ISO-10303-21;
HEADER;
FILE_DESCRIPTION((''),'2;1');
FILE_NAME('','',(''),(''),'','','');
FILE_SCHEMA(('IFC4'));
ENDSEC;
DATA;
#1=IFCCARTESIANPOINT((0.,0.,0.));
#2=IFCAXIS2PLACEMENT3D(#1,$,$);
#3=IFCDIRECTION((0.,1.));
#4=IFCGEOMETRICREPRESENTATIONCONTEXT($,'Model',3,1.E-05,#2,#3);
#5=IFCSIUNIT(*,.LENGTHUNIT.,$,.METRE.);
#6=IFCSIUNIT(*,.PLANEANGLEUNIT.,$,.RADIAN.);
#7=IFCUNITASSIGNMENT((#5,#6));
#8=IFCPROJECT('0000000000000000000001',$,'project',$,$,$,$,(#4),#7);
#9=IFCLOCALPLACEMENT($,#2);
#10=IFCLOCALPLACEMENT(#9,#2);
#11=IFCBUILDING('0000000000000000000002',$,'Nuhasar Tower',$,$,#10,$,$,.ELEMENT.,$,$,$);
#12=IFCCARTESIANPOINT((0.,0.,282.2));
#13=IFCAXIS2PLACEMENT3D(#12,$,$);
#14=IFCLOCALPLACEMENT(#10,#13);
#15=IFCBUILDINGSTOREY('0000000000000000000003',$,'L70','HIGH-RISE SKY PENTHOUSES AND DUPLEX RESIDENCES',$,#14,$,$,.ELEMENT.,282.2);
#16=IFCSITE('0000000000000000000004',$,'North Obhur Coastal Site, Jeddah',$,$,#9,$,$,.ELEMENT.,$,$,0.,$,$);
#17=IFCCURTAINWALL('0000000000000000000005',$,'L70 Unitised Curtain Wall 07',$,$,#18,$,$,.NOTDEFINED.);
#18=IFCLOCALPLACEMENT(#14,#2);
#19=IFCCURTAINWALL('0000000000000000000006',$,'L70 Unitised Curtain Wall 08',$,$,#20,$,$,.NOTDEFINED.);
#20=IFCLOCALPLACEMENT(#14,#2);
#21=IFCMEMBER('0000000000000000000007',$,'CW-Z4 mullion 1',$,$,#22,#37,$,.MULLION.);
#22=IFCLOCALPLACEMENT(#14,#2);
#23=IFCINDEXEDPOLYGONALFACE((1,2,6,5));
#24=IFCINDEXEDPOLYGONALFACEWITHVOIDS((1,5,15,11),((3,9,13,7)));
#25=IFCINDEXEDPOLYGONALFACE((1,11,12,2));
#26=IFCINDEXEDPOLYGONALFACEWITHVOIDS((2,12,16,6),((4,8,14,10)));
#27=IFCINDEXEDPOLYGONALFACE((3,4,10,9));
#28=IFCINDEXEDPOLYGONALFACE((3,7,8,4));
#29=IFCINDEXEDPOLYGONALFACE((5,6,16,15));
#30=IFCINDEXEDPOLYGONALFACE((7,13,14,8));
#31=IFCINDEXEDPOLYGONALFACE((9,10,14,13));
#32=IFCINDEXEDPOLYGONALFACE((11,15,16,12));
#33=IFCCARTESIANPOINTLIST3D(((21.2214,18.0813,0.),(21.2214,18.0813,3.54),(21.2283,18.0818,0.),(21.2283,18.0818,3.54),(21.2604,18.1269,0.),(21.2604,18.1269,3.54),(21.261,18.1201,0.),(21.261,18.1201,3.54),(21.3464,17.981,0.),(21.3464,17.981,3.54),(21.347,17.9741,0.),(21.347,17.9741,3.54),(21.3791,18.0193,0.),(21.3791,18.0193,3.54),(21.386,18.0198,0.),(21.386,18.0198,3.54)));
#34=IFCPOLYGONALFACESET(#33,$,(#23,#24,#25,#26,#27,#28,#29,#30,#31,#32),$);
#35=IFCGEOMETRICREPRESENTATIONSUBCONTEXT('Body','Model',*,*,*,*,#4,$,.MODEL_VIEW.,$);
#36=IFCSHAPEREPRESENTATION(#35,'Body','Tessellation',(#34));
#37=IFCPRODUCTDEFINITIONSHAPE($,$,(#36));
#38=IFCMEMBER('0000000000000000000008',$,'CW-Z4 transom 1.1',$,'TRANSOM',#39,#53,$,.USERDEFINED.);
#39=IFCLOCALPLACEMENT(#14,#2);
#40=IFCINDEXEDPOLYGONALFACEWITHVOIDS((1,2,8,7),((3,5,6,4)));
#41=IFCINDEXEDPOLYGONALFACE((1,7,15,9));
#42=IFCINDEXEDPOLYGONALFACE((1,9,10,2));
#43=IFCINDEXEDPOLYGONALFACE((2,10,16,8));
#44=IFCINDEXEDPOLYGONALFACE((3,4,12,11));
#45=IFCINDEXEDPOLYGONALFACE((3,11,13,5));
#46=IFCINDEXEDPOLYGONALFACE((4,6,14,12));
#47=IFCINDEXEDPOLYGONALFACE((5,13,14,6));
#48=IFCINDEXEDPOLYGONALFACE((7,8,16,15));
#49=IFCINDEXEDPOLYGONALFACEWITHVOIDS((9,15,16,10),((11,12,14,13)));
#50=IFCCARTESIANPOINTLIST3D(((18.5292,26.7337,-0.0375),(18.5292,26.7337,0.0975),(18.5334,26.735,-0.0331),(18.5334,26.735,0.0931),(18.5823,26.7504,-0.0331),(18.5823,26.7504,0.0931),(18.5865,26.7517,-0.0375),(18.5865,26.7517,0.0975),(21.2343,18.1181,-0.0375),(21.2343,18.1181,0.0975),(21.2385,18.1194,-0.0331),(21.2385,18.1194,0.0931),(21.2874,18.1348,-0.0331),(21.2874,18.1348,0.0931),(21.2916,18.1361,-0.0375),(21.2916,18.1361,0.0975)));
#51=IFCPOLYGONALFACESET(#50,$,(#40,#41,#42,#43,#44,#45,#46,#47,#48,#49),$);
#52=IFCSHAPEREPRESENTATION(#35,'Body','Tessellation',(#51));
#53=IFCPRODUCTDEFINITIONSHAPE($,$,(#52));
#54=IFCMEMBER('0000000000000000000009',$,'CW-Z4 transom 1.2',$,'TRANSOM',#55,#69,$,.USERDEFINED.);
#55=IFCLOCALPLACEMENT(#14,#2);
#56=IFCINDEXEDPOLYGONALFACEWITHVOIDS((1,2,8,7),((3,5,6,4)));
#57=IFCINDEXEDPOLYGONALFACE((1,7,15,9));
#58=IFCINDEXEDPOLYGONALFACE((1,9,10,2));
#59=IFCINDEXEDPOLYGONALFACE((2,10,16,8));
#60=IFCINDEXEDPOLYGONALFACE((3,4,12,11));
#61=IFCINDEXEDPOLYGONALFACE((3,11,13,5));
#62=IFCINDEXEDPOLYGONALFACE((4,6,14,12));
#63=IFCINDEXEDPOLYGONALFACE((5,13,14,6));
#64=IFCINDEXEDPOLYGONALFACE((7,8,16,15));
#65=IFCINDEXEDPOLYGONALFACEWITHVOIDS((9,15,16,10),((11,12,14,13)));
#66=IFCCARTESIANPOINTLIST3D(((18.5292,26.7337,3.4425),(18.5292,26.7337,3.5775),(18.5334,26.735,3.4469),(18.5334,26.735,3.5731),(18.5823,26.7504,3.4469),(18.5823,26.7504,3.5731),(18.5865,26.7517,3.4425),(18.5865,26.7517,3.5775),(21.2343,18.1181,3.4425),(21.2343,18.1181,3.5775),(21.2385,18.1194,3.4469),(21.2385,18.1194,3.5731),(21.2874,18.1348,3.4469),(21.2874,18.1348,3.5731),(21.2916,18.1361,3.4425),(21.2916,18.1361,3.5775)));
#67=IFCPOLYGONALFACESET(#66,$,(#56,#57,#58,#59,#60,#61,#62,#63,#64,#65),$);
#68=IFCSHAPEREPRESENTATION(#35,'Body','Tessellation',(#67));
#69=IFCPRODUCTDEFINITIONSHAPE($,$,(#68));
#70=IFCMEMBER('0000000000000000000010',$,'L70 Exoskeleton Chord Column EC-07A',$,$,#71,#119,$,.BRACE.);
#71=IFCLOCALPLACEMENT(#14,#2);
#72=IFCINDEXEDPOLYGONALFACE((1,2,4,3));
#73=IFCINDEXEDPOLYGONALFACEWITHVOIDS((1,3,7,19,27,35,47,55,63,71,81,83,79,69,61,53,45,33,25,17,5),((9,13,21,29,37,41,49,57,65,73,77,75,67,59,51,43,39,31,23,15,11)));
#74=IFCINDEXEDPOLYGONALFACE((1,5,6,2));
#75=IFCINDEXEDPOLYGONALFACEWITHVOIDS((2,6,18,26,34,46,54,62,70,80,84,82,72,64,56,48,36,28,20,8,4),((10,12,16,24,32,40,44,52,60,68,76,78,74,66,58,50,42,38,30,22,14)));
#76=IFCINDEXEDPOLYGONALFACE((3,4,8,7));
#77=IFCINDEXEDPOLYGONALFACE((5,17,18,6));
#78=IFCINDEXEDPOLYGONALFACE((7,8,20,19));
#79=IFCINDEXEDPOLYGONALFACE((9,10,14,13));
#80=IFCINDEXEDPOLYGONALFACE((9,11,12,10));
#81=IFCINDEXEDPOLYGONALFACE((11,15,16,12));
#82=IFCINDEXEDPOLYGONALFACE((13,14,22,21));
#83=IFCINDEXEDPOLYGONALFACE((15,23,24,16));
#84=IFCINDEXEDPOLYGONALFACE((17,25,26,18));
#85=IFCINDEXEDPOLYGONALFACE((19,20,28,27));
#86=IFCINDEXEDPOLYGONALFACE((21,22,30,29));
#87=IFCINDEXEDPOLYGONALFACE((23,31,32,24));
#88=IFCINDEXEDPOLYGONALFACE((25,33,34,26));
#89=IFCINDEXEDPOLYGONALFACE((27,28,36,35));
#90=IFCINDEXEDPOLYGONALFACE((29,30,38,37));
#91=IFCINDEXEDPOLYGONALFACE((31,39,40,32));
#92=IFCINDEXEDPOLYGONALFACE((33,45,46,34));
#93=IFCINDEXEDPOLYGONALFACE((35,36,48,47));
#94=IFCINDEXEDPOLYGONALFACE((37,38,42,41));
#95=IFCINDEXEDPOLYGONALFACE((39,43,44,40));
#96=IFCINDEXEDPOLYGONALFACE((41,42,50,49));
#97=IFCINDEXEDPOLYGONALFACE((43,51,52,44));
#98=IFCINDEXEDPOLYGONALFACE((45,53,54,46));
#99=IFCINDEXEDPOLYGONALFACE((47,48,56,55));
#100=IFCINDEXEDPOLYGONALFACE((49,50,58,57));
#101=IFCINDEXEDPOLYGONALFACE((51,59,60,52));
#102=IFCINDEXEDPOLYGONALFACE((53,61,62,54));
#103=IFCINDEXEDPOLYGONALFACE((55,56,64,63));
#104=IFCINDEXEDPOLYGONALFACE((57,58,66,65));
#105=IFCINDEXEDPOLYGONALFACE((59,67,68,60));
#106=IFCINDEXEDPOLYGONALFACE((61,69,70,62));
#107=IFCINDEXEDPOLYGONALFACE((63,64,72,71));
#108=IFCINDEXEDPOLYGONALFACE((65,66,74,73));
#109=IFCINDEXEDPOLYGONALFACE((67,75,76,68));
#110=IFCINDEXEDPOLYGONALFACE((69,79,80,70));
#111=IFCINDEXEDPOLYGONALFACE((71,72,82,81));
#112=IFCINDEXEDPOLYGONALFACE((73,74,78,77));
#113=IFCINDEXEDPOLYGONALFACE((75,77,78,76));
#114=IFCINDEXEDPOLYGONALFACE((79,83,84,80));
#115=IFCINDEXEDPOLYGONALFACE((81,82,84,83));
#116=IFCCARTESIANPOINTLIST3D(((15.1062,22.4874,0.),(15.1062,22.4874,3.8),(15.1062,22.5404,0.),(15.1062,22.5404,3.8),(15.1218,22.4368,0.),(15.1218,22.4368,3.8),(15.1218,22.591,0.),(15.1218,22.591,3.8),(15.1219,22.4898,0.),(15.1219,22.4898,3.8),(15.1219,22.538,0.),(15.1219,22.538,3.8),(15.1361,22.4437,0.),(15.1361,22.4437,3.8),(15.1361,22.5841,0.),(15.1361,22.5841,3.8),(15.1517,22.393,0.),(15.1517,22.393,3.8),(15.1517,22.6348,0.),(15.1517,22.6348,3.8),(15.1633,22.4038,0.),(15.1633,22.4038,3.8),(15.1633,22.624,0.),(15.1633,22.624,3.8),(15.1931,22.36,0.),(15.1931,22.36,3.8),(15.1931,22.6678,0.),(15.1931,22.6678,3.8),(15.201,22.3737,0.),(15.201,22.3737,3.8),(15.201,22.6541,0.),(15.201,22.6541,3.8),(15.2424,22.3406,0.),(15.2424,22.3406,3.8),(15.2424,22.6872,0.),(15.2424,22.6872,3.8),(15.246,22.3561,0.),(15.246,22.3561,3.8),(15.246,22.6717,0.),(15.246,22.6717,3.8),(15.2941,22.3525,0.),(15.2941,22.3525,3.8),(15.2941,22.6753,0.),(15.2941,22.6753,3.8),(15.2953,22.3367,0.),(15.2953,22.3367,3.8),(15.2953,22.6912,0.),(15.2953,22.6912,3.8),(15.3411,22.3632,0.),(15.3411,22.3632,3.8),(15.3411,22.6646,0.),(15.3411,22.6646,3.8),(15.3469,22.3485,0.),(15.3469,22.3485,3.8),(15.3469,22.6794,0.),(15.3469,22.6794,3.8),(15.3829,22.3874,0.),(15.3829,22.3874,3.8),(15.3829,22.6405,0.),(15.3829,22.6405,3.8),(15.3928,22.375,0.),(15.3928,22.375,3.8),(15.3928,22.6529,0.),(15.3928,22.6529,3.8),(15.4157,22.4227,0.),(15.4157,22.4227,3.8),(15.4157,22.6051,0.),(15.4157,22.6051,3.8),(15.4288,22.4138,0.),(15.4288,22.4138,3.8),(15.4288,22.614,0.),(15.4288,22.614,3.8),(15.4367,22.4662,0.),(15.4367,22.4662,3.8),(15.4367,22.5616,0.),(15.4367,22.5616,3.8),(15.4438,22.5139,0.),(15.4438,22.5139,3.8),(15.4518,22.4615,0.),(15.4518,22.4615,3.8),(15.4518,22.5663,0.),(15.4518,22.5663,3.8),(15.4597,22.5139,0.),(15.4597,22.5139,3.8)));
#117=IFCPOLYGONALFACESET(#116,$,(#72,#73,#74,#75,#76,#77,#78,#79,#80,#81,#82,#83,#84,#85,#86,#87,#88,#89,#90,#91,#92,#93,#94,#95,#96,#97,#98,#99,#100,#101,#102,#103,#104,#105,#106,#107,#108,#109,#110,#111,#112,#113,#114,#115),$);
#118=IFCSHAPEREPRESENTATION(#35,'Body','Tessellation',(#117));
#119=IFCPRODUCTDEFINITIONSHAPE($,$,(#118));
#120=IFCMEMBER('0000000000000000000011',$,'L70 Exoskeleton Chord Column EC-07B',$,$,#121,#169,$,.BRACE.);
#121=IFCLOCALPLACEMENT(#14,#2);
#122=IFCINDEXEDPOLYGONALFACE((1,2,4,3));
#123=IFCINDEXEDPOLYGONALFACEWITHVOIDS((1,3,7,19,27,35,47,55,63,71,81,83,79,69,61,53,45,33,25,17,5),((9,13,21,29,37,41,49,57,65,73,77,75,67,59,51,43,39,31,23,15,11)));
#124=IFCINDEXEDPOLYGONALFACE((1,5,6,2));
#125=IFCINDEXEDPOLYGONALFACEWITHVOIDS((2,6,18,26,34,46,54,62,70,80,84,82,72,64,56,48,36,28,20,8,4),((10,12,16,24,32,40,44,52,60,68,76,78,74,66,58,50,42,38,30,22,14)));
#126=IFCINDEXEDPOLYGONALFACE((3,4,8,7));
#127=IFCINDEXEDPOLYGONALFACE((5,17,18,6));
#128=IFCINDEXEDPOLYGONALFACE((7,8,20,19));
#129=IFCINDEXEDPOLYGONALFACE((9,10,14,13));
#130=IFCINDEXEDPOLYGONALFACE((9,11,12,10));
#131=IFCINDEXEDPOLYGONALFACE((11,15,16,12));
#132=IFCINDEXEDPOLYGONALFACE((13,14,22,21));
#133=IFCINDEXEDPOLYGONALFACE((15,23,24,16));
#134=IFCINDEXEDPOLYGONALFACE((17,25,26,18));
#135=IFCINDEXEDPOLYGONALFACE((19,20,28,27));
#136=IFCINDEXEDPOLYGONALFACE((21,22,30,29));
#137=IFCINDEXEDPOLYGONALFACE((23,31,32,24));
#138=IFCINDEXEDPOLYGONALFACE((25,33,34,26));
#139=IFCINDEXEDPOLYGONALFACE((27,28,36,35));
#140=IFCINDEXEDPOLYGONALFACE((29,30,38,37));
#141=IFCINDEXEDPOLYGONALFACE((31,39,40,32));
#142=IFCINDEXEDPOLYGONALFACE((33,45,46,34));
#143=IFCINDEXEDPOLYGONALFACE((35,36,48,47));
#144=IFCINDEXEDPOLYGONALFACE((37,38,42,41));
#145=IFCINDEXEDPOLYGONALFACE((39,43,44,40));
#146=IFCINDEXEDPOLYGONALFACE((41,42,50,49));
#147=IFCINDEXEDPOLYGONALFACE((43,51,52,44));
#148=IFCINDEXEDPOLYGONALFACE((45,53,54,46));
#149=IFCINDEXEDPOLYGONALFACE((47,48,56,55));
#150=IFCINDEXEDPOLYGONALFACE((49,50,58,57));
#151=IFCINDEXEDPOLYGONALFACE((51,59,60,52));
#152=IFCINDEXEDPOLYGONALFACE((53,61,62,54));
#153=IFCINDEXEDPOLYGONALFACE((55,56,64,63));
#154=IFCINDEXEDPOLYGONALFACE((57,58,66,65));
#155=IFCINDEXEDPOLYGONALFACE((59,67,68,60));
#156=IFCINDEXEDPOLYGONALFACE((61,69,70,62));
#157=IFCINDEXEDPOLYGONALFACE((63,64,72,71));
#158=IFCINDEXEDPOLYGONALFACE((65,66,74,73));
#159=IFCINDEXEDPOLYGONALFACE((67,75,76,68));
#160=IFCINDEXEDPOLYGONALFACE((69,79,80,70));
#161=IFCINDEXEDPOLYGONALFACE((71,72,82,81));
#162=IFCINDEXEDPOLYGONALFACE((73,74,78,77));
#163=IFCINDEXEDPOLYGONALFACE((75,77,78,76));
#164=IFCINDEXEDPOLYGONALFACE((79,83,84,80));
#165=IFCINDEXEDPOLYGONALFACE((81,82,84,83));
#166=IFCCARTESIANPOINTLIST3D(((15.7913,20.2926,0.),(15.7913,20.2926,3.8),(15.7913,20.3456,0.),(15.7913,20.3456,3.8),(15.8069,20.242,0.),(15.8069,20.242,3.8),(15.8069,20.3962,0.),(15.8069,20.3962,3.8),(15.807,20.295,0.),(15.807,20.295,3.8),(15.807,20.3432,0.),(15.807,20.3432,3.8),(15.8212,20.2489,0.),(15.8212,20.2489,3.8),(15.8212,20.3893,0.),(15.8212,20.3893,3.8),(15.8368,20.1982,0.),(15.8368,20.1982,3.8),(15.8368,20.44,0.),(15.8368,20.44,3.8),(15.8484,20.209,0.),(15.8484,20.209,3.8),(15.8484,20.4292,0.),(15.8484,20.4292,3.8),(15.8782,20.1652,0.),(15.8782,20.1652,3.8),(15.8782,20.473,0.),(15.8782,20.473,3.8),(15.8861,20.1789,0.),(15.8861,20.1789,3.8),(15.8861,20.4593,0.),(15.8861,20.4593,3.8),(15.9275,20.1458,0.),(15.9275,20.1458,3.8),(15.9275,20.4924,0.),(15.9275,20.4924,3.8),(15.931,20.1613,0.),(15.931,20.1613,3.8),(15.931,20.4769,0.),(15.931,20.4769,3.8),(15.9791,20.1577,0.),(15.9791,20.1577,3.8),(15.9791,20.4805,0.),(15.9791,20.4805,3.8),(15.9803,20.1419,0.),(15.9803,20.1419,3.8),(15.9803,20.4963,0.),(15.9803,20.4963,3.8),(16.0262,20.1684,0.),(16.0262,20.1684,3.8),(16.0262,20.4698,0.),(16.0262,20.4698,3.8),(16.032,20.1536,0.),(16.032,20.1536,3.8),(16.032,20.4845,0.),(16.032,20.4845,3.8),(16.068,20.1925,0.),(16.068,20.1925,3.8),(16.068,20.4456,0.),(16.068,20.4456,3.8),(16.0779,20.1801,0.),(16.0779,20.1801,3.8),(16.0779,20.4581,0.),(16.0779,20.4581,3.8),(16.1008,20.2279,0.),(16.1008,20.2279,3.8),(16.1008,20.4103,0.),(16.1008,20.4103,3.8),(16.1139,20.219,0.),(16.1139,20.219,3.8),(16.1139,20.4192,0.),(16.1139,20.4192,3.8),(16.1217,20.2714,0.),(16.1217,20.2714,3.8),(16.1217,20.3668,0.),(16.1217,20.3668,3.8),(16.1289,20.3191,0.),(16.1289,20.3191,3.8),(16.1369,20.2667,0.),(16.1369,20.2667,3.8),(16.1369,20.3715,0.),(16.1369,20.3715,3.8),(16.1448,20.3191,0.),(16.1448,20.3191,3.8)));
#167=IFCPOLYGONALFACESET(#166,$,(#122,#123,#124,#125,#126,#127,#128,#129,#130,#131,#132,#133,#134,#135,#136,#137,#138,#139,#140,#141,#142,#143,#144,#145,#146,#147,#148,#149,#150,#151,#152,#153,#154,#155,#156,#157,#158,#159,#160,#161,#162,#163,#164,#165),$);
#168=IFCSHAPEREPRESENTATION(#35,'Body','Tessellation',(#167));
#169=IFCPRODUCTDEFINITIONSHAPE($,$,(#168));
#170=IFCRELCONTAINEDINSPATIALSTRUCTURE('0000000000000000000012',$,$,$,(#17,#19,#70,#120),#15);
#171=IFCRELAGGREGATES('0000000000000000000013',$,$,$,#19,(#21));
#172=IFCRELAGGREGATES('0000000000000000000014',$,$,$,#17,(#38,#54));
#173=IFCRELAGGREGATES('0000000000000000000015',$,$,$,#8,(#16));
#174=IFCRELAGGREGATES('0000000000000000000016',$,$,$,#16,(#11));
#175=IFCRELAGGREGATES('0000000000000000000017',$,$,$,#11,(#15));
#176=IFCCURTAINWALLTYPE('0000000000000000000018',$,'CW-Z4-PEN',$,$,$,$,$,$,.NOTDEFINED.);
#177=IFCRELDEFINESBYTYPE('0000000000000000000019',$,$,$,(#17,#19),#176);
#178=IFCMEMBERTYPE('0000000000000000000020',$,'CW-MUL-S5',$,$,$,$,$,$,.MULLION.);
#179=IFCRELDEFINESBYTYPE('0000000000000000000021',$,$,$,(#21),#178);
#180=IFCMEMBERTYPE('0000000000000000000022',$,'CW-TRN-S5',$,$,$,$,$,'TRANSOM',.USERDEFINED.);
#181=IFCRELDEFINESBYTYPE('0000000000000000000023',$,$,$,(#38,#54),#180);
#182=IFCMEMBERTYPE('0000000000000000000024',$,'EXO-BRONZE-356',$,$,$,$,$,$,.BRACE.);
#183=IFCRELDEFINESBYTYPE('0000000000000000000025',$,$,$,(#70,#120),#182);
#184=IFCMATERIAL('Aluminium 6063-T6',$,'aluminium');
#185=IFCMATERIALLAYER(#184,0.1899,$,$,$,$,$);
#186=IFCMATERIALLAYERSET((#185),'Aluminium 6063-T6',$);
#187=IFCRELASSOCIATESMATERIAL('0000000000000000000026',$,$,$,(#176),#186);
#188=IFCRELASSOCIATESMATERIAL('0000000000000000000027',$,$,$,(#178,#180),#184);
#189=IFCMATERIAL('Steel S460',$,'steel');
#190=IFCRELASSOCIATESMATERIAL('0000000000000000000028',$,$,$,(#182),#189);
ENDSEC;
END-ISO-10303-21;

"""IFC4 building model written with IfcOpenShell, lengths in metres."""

from ifc_helpers import new_model, si_unit, direction, frame, origin, origin_2d, place, context, subcontext, project, spatial, hollow_rectangle, hollow_circle, extrude, material, layer, layer_set, material_profile, profile_set, type_object, element, aggregate, save


model = new_model("IFC4")

# Units and contexts
model_context = context("Model", 3, precision=1e-05, world=origin(), true_north=direction((0.0, 1.0)))
body_context = subcontext(model_context, "Body", "Model", "MODEL_VIEW")
ifc_project = project(units=[si_unit("LENGTHUNIT", "METRE"), si_unit("PLANEANGLEUNIT", "RADIAN")], contexts=[model_context])

# Site, building, storey
site_placement = place(None, origin())
site = spatial("IfcSite", under=ifc_project, at=site_placement, Name="North Obhur Coastal Site, Jeddah", CompositionType="ELEMENT", RefElevation=0.0)
building_placement = place(site_placement, origin())
building = spatial("IfcBuilding", under=site, at=building_placement, Name="Nuhasar Tower", CompositionType="ELEMENT")
storey_placement = place(building_placement, frame((0.0, 0.0, 282.2)))
storey = spatial("IfcBuildingStorey", under=building, at=storey_placement, Name="L70", Description="HIGH-RISE SKY PENTHOUSES AND DUPLEX RESIDENCES", CompositionType="ELEMENT", Elevation=282.2)

# Curtain wall
ifc_material_1 = material(Name="Aluminium 6063-T6", Category="aluminium")
ifc_layer_1 = layer(ifc_material_1, 0.1899)
ifc_layer_set_1 = layer_set([ifc_layer_1], Name="Aluminium 6063-T6")
curtain_wall_type = type_object("IfcCurtainWallType", Name="CW-Z4-PEN", PredefinedType="NOTDEFINED", material=ifc_layer_set_1)
curtain_wall_1_placement = place(storey_placement, origin())
curtain_wall_1 = element("IfcCurtainWall", 1, at=curtain_wall_1_placement, inside=storey, type_object=curtain_wall_type, Name="L70 Unitised Curtain Wall 07", PredefinedType="NOTDEFINED")
ifc_material_profile_1 = material_profile(ifc_material_1, hollow_rectangle(XDim=0.0601, YDim=0.165, WallThickness=0.0049, at=origin_2d()), Name="CWM-5")
ifc_profile_set_1 = profile_set([ifc_material_profile_1], Name="Aluminium 6063-T6")
member_type_1 = type_object("IfcMemberType", Name="CW-MUL-S5", PredefinedType="MULLION", material=ifc_profile_set_1)

# Curtain wall, member
curtain_wall_2_placement = place(storey_placement, origin())
curtain_wall_2 = element("IfcCurtainWall", 2, at=curtain_wall_2_placement, inside=storey, type_object=curtain_wall_type, Name="L70 Unitised Curtain Wall 08", PredefinedType="NOTDEFINED")
member_1_placement = place(storey_placement, frame((21.3037, 18.0505, 0.0), z_axis=(0.0, 0.0, 1.0), x_axis=(0.649142, 0.760667, 0.0)))
member_1 = element("IfcMember", 3, at=member_1_placement, type_object=member_type_1, Name="CW-Z4 mullion 1", PredefinedType="MULLION", context=body_context, shape_type="SweptSolid", body=[
    extrude(hollow_rectangle(XDim=0.0601, YDim=0.165, WallThickness=0.0049, at=origin_2d()), origin(), (0.0, 0.0, 1.0), 3.54),
])
aggregate(curtain_wall_2, [member_1])

# Members
ifc_material_profile_2 = material_profile(ifc_material_1, hollow_rectangle(XDim=0.0601, YDim=0.135, WallThickness=0.0044, at=origin_2d()), Name="CWT-5")
ifc_profile_set_2 = profile_set([ifc_material_profile_2], Name="Aluminium 6063-T6")
member_type_2 = type_object("IfcMemberType", Name="CW-TRN-S5", ElementType="TRANSOM", PredefinedType="USERDEFINED", material=ifc_profile_set_2)
member_2_placement = place(storey_placement, frame((18.5579, 26.7427, 0.03), z_axis=(0.29956, -0.954077, 0.0), x_axis=(0.954077, 0.29956, 0.0)))
member_2 = element("IfcMember", 4, at=member_2_placement, type_object=member_type_2, Name="CW-Z4 transom 1.1", ObjectType="TRANSOM", PredefinedType="USERDEFINED", context=body_context, shape_type="SweptSolid", body=[
    extrude(hollow_rectangle(XDim=0.0601, YDim=0.135, WallThickness=0.0044, at=origin_2d()), origin(), (0.0, 0.0, 1.0), 9.0303),
])
member_3_placement = place(storey_placement, frame((18.5579, 26.7427, 3.51), z_axis=(0.29956, -0.954077, 0.0), x_axis=(0.954077, 0.29956, 0.0)))
member_3 = element("IfcMember", 5, at=member_3_placement, type_object=member_type_2, Name="CW-Z4 transom 1.2", ObjectType="TRANSOM", PredefinedType="USERDEFINED", context=body_context, shape_type="SweptSolid", body=[
    extrude(hollow_rectangle(XDim=0.0601, YDim=0.135, WallThickness=0.0044, at=origin_2d()), origin(), (0.0, 0.0, 1.0), 9.0303),
])

# Members
ifc_material_2 = material(Name="Steel S460", Category="steel")
ifc_material_profile_3 = material_profile(ifc_material_2, hollow_circle(Radius=0.1777, WallThickness=0.0159, at=origin_2d()), Name="HSS355.6X15.9")
ifc_profile_set_3 = profile_set([ifc_material_profile_3], Name="Steel S460")
member_type_3 = type_object("IfcMemberType", Name="EXO-BRONZE-356", PredefinedType="BRACE", material=ifc_profile_set_3)
for number, where, z_axis, x_axis, name in (
    (6, (15.282, 22.5139, 0.0), (0.0, 0.0, 1.0), (1.0, 0.0, 0.0), "L70 Exoskeleton Chord Column EC-07A"),
    (7, (15.967, 20.3191, 0.0), (0.0, 0.0, 1.0), (1.0, 0.0, 0.0), "L70 Exoskeleton Chord Column EC-07B"),
):
    element("IfcMember", number, at=place(storey_placement, frame(where, z_axis=z_axis, x_axis=x_axis)), inside=storey, type_object=member_type_3, Name=name, PredefinedType="BRACE", context=body_context, shape_type="SweptSolid", body=[
        extrude(hollow_circle(Radius=0.1777, WallThickness=0.0159, at=origin_2d()), origin(), (0.0, 0.0, 1.0), 3.8),
    ])

aggregate(curtain_wall_1, [member_2, member_3])

save(model, "model.ifc")
